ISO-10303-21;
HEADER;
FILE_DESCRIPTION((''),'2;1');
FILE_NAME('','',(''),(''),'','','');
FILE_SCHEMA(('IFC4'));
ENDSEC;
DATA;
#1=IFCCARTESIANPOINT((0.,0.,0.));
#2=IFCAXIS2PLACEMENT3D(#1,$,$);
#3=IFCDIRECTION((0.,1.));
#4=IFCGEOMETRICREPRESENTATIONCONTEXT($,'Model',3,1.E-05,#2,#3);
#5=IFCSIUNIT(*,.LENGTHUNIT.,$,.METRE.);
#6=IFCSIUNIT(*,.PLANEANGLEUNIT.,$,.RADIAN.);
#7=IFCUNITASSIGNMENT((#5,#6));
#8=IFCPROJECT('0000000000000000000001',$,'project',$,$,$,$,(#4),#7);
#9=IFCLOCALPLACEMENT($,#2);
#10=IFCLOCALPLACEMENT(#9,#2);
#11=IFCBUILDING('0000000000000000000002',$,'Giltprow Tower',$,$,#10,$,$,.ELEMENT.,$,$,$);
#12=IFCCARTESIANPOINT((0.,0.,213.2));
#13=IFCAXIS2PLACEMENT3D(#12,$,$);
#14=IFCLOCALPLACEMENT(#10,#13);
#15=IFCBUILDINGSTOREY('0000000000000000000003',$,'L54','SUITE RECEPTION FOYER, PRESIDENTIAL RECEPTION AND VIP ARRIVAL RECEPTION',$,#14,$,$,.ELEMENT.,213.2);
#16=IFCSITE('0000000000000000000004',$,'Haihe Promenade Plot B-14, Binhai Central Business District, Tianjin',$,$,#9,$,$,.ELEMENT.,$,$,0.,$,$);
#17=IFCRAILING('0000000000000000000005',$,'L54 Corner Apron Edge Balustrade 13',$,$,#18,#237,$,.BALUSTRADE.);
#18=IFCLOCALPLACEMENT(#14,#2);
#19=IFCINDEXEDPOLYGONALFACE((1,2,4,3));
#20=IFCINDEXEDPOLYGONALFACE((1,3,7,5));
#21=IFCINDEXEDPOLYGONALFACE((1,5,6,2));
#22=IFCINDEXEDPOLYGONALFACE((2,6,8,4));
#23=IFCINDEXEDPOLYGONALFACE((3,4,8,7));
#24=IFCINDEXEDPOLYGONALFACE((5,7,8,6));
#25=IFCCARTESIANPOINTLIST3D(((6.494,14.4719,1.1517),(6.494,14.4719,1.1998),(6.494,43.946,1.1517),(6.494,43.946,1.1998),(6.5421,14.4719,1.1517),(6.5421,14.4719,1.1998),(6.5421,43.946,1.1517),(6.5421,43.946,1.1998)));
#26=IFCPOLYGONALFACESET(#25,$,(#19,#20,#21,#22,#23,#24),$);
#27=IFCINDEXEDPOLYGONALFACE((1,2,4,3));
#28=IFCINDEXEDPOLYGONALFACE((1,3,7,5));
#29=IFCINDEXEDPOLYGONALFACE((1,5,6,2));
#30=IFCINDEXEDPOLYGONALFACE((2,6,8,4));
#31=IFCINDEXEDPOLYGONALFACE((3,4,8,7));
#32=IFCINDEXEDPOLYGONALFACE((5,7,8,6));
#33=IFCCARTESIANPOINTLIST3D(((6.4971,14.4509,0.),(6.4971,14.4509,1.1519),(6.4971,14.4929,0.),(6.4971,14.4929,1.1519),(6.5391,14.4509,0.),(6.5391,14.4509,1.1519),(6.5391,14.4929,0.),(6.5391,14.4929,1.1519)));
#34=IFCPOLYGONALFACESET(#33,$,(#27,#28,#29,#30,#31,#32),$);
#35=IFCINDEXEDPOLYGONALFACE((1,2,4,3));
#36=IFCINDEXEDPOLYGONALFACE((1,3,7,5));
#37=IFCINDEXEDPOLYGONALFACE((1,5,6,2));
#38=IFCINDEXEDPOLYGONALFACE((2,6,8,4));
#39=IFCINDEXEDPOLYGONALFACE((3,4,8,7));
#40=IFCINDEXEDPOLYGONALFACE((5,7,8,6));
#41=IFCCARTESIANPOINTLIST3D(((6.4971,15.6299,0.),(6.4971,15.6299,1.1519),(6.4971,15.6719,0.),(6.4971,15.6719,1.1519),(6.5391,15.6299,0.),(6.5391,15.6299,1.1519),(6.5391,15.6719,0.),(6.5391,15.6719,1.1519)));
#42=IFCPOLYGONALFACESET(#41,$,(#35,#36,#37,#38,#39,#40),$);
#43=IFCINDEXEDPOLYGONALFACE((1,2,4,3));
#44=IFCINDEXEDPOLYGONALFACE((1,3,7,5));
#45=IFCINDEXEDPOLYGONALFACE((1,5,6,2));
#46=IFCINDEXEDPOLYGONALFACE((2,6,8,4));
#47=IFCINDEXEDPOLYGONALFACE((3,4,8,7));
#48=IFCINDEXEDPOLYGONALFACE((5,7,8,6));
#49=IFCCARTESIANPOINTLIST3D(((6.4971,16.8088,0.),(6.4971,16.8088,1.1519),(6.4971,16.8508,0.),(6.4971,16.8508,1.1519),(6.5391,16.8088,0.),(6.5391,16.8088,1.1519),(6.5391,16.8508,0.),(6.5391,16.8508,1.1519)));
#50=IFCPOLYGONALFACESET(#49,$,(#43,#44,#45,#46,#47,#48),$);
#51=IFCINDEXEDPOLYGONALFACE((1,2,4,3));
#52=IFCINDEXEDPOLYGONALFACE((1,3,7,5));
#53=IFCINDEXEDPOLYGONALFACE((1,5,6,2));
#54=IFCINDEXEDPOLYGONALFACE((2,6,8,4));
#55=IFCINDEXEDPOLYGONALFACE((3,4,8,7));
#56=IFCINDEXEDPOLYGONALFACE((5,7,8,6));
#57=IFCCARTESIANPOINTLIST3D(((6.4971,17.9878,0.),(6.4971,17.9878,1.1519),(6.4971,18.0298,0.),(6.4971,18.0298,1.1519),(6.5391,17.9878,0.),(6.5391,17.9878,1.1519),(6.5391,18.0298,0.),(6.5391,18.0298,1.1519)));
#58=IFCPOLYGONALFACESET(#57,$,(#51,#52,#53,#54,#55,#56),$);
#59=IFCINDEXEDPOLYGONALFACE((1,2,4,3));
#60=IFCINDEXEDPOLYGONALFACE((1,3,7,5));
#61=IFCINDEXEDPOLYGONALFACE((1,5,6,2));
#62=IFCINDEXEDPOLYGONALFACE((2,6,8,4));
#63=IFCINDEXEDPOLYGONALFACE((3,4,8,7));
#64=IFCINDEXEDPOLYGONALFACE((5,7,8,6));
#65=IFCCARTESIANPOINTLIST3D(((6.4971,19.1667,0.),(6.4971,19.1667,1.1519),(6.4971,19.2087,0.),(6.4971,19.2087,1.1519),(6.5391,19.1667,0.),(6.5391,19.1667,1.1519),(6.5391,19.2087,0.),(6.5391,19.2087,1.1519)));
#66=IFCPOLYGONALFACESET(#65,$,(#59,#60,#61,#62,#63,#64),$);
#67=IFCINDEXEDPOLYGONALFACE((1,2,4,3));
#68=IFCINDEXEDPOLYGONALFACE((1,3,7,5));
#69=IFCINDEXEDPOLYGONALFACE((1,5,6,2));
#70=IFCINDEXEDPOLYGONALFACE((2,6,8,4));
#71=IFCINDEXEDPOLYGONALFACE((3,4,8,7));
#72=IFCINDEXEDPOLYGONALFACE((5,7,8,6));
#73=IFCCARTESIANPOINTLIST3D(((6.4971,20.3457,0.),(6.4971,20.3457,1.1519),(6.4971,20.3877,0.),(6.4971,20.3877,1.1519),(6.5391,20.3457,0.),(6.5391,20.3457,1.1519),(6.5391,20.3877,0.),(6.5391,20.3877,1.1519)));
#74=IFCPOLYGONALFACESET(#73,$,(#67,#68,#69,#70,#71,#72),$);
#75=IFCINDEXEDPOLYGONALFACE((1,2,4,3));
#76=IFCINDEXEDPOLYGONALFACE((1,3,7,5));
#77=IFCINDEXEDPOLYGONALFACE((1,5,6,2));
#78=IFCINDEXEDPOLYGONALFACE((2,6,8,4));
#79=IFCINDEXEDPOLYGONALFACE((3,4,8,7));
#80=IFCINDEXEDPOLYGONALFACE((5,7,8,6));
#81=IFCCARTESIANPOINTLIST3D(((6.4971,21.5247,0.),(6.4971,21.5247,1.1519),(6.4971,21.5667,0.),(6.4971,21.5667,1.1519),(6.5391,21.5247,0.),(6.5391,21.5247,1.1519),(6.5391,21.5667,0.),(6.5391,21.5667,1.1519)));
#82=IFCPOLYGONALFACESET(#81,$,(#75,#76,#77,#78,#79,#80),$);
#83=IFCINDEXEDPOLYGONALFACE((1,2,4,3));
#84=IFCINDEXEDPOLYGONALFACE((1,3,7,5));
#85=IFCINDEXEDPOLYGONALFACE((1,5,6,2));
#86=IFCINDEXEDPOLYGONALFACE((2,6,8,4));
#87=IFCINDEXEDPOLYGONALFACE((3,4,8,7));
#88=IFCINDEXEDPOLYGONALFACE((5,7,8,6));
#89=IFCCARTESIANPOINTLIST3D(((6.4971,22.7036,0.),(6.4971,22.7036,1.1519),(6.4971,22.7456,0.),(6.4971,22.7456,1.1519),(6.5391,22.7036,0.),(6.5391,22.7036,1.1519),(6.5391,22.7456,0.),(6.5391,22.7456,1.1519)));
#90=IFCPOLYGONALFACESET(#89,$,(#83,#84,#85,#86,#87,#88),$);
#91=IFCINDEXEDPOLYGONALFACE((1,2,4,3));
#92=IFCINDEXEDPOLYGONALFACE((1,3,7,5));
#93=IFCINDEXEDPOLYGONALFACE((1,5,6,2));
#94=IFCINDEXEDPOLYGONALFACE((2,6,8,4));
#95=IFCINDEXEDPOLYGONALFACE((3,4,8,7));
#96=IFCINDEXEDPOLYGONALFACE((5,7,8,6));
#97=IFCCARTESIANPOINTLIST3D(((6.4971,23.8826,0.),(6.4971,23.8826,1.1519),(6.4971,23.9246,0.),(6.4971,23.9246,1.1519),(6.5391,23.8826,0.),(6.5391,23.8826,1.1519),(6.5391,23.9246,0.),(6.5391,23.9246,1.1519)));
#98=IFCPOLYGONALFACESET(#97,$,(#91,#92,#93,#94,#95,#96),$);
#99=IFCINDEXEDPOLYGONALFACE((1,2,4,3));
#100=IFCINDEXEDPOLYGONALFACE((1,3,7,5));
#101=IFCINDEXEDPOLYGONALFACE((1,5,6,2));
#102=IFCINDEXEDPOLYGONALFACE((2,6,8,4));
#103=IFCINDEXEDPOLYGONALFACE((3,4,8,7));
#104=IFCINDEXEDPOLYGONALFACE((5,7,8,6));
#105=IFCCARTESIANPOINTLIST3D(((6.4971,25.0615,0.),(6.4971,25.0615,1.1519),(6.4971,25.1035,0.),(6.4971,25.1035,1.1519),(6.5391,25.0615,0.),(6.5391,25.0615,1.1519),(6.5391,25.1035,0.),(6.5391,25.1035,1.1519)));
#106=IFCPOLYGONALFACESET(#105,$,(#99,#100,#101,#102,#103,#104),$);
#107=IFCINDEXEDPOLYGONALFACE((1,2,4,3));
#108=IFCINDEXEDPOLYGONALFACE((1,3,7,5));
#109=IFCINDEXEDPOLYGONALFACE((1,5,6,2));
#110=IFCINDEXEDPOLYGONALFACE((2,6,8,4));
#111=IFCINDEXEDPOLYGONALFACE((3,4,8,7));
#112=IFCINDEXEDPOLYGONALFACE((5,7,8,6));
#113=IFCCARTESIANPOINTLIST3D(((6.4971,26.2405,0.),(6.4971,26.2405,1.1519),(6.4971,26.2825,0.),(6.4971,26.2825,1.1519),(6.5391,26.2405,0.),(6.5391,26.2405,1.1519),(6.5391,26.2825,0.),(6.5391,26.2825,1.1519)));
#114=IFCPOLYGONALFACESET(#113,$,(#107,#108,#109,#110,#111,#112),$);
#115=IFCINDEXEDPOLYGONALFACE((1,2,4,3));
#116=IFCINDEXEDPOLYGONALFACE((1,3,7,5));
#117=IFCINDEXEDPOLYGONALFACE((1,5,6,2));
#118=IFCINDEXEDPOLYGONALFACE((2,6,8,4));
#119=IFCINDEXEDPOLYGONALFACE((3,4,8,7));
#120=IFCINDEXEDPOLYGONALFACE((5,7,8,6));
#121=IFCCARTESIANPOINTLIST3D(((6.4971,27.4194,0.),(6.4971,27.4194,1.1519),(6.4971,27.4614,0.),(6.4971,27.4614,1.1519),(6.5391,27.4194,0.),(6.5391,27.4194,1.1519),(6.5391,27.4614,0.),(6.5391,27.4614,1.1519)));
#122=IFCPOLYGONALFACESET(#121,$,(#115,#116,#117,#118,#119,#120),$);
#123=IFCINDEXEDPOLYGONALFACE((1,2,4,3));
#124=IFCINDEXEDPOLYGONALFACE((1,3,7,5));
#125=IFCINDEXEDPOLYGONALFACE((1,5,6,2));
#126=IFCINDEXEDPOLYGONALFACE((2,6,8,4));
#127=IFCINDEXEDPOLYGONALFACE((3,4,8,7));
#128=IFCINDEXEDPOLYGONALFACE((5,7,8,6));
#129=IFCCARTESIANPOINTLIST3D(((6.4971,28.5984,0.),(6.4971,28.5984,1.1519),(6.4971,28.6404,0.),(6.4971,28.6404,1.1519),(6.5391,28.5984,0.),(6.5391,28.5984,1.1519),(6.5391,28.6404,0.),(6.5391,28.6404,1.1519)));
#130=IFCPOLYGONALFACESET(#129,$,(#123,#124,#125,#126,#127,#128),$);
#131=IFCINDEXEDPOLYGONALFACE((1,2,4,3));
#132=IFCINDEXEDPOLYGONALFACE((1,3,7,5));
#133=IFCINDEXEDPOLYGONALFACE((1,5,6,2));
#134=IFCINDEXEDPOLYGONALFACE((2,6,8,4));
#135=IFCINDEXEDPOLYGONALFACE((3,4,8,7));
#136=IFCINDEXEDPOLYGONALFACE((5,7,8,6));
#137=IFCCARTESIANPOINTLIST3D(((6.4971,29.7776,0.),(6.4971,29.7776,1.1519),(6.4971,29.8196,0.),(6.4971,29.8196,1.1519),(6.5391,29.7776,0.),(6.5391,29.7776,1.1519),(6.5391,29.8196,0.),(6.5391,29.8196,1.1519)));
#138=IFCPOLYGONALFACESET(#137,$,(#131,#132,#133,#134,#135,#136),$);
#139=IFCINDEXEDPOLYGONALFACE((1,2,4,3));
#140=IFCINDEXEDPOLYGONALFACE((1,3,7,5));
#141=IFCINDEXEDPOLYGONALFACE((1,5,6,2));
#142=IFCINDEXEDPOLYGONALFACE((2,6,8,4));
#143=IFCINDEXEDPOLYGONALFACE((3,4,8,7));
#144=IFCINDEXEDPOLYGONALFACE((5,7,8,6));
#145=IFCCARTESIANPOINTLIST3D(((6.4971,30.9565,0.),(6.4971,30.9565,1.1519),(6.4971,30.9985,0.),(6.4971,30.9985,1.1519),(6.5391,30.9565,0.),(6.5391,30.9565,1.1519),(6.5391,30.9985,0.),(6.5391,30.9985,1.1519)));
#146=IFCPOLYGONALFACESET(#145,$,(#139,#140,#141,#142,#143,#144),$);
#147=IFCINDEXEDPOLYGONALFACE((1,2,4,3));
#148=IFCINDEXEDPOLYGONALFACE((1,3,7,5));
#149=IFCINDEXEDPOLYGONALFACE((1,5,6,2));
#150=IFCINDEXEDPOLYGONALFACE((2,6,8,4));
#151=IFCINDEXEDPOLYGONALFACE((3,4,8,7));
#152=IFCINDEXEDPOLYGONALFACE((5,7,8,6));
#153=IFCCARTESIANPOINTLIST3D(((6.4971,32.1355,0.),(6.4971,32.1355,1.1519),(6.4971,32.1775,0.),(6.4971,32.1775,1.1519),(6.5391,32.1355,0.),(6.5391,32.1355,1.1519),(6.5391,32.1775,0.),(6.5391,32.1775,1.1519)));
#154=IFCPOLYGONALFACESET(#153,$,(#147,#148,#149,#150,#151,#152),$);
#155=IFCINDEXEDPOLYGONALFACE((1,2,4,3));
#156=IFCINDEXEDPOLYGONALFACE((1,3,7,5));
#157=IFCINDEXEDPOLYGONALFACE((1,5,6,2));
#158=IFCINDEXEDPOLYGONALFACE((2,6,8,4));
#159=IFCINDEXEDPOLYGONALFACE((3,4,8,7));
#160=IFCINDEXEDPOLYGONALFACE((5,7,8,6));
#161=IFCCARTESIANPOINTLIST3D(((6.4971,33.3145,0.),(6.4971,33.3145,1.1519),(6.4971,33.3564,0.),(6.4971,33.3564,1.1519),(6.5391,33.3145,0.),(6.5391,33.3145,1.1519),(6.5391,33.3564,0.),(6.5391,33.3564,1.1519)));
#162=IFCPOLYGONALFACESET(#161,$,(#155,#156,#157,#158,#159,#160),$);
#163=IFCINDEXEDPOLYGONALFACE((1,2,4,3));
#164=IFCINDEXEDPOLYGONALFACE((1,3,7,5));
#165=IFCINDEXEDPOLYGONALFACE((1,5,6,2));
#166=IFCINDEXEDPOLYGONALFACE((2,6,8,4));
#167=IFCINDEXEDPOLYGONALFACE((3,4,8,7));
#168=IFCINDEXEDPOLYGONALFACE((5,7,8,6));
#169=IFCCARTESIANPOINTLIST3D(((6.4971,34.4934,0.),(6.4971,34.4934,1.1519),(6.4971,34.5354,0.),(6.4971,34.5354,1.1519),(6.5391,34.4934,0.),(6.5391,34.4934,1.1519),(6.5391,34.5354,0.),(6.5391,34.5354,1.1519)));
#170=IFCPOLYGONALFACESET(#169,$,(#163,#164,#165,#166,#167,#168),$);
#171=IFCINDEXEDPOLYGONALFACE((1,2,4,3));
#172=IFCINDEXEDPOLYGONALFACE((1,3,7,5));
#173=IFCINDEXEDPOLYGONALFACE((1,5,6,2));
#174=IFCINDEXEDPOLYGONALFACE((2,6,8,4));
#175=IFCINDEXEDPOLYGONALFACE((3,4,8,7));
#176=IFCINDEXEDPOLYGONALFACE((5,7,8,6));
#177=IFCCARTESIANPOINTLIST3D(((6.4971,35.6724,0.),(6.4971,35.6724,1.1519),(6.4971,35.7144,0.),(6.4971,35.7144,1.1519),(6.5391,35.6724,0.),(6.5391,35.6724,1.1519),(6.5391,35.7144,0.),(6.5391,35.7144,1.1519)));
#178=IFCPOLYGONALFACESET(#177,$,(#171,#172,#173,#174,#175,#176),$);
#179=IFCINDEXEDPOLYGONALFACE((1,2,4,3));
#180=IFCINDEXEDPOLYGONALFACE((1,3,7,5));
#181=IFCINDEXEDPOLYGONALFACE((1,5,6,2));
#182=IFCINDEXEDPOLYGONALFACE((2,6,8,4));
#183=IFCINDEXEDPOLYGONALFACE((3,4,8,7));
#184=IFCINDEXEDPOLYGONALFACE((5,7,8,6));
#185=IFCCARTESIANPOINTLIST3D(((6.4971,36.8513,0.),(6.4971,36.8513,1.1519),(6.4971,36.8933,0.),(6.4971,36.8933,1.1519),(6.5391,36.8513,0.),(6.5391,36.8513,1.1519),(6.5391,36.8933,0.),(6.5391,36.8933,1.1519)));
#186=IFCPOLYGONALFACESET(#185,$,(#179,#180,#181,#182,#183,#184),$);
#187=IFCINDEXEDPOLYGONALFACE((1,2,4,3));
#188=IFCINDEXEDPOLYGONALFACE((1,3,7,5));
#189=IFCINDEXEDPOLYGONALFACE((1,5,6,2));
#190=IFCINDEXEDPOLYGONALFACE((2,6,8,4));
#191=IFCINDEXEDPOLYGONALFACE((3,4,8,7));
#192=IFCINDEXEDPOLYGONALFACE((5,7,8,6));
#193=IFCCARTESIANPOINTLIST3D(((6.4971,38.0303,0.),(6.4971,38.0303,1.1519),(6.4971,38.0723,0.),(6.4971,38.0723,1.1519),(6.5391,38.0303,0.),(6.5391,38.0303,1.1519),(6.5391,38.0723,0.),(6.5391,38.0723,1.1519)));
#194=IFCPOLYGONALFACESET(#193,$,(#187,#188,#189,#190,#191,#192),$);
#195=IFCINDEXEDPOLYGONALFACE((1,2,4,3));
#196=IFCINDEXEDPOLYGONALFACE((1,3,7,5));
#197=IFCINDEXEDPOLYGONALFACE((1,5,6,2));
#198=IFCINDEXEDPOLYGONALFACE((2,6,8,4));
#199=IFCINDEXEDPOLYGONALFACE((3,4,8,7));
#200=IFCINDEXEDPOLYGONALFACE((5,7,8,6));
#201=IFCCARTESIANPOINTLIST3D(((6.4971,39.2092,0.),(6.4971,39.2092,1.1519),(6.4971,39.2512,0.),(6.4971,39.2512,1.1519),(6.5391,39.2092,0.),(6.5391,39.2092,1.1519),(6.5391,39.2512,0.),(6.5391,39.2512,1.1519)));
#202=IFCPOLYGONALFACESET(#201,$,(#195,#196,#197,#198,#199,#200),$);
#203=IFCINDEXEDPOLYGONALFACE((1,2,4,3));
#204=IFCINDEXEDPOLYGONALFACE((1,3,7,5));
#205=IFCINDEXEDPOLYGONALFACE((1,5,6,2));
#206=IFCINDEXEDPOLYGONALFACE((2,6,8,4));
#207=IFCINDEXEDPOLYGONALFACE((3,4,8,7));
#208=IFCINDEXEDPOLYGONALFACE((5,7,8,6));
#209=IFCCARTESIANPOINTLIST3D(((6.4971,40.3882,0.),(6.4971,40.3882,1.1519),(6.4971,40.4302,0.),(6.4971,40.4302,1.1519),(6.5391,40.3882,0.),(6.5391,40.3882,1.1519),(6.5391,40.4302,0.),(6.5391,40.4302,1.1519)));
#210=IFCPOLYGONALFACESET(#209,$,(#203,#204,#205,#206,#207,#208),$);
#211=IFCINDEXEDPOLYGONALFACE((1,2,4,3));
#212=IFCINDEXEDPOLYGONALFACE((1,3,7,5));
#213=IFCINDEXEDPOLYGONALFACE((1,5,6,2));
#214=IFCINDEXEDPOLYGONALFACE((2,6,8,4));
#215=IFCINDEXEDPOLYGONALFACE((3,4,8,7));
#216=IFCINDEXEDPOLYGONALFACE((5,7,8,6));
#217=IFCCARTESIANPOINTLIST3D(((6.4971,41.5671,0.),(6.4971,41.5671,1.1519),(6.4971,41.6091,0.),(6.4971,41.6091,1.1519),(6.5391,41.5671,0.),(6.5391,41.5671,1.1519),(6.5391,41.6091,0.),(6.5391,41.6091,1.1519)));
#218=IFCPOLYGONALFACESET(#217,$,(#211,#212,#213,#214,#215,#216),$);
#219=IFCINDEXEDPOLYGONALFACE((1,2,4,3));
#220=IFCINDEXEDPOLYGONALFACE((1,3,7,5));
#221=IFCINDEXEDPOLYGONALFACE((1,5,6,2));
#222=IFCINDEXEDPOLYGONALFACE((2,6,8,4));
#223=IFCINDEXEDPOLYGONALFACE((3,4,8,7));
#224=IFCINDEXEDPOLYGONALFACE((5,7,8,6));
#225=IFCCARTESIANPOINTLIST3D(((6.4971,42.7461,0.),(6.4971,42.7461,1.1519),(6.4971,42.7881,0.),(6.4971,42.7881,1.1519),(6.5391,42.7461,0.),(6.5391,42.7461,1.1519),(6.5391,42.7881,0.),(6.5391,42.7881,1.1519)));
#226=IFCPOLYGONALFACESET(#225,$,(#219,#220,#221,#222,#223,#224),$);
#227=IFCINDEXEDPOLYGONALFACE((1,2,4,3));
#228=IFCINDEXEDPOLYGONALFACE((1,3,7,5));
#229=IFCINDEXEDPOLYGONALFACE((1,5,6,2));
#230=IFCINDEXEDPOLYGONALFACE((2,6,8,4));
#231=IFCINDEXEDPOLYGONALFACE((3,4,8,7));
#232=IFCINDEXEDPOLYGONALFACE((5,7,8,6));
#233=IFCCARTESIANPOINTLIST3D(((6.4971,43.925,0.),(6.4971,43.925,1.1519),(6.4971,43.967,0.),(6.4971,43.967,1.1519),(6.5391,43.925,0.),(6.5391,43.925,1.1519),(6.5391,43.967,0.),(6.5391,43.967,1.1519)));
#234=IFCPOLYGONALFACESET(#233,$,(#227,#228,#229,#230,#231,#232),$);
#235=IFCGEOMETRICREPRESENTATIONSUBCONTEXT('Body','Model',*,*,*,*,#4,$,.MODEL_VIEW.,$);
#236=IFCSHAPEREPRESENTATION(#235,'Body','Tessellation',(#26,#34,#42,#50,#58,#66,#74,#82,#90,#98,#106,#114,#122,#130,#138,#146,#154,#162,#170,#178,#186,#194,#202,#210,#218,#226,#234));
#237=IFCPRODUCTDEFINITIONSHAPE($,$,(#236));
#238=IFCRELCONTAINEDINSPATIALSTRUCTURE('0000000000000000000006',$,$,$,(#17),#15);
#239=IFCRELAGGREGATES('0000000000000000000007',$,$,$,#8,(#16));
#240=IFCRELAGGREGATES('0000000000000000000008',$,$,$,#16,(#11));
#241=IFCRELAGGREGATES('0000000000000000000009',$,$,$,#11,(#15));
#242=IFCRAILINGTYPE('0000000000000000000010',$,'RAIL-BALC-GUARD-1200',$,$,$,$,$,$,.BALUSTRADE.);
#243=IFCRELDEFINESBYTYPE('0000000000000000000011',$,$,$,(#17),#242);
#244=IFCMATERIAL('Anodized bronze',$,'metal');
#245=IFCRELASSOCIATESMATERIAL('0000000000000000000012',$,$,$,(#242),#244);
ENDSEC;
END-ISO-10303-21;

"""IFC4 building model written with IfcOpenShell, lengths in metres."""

from ifc_helpers import new_model, si_unit, direction, frame, origin, origin_2d, place, context, subcontext, project, spatial, rectangle, extrude, material, type_object, element, save


model = new_model("IFC4")

# Units and contexts
model_context = context("Model", 3, precision=1e-05, world=origin(), true_north=direction((0.0, 1.0)))
body_context = subcontext(model_context, "Body", "Model", "MODEL_VIEW")
ifc_project = project(units=[si_unit("LENGTHUNIT", "METRE"), si_unit("PLANEANGLEUNIT", "RADIAN")], contexts=[model_context])

# Site, building, storey
site_placement = place(None, origin())
site = spatial("IfcSite", under=ifc_project, at=site_placement, Name="Haihe Promenade Plot B-14, Binhai Central Business District, Tianjin", CompositionType="ELEMENT", RefElevation=0.0)
building_placement = place(site_placement, origin())
building = spatial("IfcBuilding", under=site, at=building_placement, Name="Giltprow Tower", CompositionType="ELEMENT")
storey_placement = place(building_placement, frame((0.0, 0.0, 213.2)))
storey = spatial("IfcBuildingStorey", under=building, at=storey_placement, Name="L54", Description="SUITE RECEPTION FOYER, PRESIDENTIAL RECEPTION AND VIP ARRIVAL RECEPTION", CompositionType="ELEMENT", Elevation=213.2)

# Shared definitions
ifc_material_1 = material(Name="Anodized bronze", Category="metal")

# Railing
railing_type = type_object("IfcRailingType", Name="RAIL-BALC-GUARD-1200", PredefinedType="BALUSTRADE", material=ifc_material_1)
railing_1_placement = place(storey_placement, frame((6.5181, 14.4719, 0.0)))
element("IfcRailing", 1, at=railing_1_placement, inside=storey, type_object=railing_type, Name="L54 Corner Apron Edge Balustrade 13", PredefinedType="BALUSTRADE", context=body_context, shape_type="SweptSolid", body=[
    extrude(rectangle(XDim=0.0481, YDim=0.0481, at=origin_2d()), frame((0.0, 0.0, 1.1758), z_axis=(0.0, 1.0, 0.0), x_axis=(-1.0, 0.0, 0.0)), (0.0, 0.0, 1.0), 29.4741),
    extrude(rectangle(XDim=0.042, YDim=0.042, at=origin_2d()), origin(), (0.0, 0.0, 1.0), 1.1519),
    extrude(rectangle(XDim=0.042, YDim=0.042, at=origin_2d()), frame((0.0, 1.179, 0.0)), (0.0, 0.0, 1.0), 1.1519),
    extrude(rectangle(XDim=0.042, YDim=0.042, at=origin_2d()), frame((0.0, 2.3579, 0.0)), (0.0, 0.0, 1.0), 1.1519),
    extrude(rectangle(XDim=0.042, YDim=0.042, at=origin_2d()), frame((0.0, 3.5369, 0.0)), (0.0, 0.0, 1.0), 1.1519),
    extrude(rectangle(XDim=0.042, YDim=0.042, at=origin_2d()), frame((0.0, 4.7158, 0.0)), (0.0, 0.0, 1.0), 1.1519),
    extrude(rectangle(XDim=0.042, YDim=0.042, at=origin_2d()), frame((0.0, 5.8948, 0.0)), (0.0, 0.0, 1.0), 1.1519),
    extrude(rectangle(XDim=0.042, YDim=0.042, at=origin_2d()), frame((0.0, 7.0737, 0.0)), (0.0, 0.0, 1.0), 1.1519),
    extrude(rectangle(XDim=0.042, YDim=0.042, at=origin_2d()), frame((0.0, 8.2527, 0.0)), (0.0, 0.0, 1.0), 1.1519),
    extrude(rectangle(XDim=0.042, YDim=0.042, at=origin_2d()), frame((0.0, 9.4316, 0.0)), (0.0, 0.0, 1.0), 1.1519),
    extrude(rectangle(XDim=0.042, YDim=0.042, at=origin_2d()), frame((0.0, 10.6106, 0.0)), (0.0, 0.0, 1.0), 1.1519),
    extrude(rectangle(XDim=0.042, YDim=0.042, at=origin_2d()), frame((0.0, 11.7896, 0.0)), (0.0, 0.0, 1.0), 1.1519),
    extrude(rectangle(XDim=0.042, YDim=0.042, at=origin_2d()), frame((0.0, 12.9685, 0.0)), (0.0, 0.0, 1.0), 1.1519),
    extrude(rectangle(XDim=0.042, YDim=0.042, at=origin_2d()), frame((0.0, 14.1475, 0.0)), (0.0, 0.0, 1.0), 1.1519),
    extrude(rectangle(XDim=0.042, YDim=0.042, at=origin_2d()), frame((0.0, 15.3267, 0.0)), (0.0, 0.0, 1.0), 1.1519),
    extrude(rectangle(XDim=0.042, YDim=0.042, at=origin_2d()), frame((0.0, 16.5056, 0.0)), (0.0, 0.0, 1.0), 1.1519),
    extrude(rectangle(XDim=0.042, YDim=0.042, at=origin_2d()), frame((0.0, 17.6846, 0.0)), (0.0, 0.0, 1.0), 1.1519),
    extrude(rectangle(XDim=0.042, YDim=0.042, at=origin_2d()), frame((0.0, 18.8635, 0.0)), (0.0, 0.0, 1.0), 1.1519),
    extrude(rectangle(XDim=0.042, YDim=0.042, at=origin_2d()), frame((0.0, 20.0425, 0.0)), (0.0, 0.0, 1.0), 1.1519),
    extrude(rectangle(XDim=0.042, YDim=0.042, at=origin_2d()), frame((0.0, 21.2214, 0.0)), (0.0, 0.0, 1.0), 1.1519),
    extrude(rectangle(XDim=0.042, YDim=0.042, at=origin_2d()), frame((0.0, 22.4004, 0.0)), (0.0, 0.0, 1.0), 1.1519),
    extrude(rectangle(XDim=0.042, YDim=0.042, at=origin_2d()), frame((0.0, 23.5793, 0.0)), (0.0, 0.0, 1.0), 1.1519),
    extrude(rectangle(XDim=0.042, YDim=0.042, at=origin_2d()), frame((0.0, 24.7583, 0.0)), (0.0, 0.0, 1.0), 1.1519),
    extrude(rectangle(XDim=0.042, YDim=0.042, at=origin_2d()), frame((0.0, 25.9373, 0.0)), (0.0, 0.0, 1.0), 1.1519),
    extrude(rectangle(XDim=0.042, YDim=0.042, at=origin_2d()), frame((0.0, 27.1162, 0.0)), (0.0, 0.0, 1.0), 1.1519),
    extrude(rectangle(XDim=0.042, YDim=0.042, at=origin_2d()), frame((0.0, 28.2952, 0.0)), (0.0, 0.0, 1.0), 1.1519),
    extrude(rectangle(XDim=0.042, YDim=0.042, at=origin_2d()), frame((0.0, 29.4741, 0.0)), (0.0, 0.0, 1.0), 1.1519),
])

save(model, "model.ifc")
